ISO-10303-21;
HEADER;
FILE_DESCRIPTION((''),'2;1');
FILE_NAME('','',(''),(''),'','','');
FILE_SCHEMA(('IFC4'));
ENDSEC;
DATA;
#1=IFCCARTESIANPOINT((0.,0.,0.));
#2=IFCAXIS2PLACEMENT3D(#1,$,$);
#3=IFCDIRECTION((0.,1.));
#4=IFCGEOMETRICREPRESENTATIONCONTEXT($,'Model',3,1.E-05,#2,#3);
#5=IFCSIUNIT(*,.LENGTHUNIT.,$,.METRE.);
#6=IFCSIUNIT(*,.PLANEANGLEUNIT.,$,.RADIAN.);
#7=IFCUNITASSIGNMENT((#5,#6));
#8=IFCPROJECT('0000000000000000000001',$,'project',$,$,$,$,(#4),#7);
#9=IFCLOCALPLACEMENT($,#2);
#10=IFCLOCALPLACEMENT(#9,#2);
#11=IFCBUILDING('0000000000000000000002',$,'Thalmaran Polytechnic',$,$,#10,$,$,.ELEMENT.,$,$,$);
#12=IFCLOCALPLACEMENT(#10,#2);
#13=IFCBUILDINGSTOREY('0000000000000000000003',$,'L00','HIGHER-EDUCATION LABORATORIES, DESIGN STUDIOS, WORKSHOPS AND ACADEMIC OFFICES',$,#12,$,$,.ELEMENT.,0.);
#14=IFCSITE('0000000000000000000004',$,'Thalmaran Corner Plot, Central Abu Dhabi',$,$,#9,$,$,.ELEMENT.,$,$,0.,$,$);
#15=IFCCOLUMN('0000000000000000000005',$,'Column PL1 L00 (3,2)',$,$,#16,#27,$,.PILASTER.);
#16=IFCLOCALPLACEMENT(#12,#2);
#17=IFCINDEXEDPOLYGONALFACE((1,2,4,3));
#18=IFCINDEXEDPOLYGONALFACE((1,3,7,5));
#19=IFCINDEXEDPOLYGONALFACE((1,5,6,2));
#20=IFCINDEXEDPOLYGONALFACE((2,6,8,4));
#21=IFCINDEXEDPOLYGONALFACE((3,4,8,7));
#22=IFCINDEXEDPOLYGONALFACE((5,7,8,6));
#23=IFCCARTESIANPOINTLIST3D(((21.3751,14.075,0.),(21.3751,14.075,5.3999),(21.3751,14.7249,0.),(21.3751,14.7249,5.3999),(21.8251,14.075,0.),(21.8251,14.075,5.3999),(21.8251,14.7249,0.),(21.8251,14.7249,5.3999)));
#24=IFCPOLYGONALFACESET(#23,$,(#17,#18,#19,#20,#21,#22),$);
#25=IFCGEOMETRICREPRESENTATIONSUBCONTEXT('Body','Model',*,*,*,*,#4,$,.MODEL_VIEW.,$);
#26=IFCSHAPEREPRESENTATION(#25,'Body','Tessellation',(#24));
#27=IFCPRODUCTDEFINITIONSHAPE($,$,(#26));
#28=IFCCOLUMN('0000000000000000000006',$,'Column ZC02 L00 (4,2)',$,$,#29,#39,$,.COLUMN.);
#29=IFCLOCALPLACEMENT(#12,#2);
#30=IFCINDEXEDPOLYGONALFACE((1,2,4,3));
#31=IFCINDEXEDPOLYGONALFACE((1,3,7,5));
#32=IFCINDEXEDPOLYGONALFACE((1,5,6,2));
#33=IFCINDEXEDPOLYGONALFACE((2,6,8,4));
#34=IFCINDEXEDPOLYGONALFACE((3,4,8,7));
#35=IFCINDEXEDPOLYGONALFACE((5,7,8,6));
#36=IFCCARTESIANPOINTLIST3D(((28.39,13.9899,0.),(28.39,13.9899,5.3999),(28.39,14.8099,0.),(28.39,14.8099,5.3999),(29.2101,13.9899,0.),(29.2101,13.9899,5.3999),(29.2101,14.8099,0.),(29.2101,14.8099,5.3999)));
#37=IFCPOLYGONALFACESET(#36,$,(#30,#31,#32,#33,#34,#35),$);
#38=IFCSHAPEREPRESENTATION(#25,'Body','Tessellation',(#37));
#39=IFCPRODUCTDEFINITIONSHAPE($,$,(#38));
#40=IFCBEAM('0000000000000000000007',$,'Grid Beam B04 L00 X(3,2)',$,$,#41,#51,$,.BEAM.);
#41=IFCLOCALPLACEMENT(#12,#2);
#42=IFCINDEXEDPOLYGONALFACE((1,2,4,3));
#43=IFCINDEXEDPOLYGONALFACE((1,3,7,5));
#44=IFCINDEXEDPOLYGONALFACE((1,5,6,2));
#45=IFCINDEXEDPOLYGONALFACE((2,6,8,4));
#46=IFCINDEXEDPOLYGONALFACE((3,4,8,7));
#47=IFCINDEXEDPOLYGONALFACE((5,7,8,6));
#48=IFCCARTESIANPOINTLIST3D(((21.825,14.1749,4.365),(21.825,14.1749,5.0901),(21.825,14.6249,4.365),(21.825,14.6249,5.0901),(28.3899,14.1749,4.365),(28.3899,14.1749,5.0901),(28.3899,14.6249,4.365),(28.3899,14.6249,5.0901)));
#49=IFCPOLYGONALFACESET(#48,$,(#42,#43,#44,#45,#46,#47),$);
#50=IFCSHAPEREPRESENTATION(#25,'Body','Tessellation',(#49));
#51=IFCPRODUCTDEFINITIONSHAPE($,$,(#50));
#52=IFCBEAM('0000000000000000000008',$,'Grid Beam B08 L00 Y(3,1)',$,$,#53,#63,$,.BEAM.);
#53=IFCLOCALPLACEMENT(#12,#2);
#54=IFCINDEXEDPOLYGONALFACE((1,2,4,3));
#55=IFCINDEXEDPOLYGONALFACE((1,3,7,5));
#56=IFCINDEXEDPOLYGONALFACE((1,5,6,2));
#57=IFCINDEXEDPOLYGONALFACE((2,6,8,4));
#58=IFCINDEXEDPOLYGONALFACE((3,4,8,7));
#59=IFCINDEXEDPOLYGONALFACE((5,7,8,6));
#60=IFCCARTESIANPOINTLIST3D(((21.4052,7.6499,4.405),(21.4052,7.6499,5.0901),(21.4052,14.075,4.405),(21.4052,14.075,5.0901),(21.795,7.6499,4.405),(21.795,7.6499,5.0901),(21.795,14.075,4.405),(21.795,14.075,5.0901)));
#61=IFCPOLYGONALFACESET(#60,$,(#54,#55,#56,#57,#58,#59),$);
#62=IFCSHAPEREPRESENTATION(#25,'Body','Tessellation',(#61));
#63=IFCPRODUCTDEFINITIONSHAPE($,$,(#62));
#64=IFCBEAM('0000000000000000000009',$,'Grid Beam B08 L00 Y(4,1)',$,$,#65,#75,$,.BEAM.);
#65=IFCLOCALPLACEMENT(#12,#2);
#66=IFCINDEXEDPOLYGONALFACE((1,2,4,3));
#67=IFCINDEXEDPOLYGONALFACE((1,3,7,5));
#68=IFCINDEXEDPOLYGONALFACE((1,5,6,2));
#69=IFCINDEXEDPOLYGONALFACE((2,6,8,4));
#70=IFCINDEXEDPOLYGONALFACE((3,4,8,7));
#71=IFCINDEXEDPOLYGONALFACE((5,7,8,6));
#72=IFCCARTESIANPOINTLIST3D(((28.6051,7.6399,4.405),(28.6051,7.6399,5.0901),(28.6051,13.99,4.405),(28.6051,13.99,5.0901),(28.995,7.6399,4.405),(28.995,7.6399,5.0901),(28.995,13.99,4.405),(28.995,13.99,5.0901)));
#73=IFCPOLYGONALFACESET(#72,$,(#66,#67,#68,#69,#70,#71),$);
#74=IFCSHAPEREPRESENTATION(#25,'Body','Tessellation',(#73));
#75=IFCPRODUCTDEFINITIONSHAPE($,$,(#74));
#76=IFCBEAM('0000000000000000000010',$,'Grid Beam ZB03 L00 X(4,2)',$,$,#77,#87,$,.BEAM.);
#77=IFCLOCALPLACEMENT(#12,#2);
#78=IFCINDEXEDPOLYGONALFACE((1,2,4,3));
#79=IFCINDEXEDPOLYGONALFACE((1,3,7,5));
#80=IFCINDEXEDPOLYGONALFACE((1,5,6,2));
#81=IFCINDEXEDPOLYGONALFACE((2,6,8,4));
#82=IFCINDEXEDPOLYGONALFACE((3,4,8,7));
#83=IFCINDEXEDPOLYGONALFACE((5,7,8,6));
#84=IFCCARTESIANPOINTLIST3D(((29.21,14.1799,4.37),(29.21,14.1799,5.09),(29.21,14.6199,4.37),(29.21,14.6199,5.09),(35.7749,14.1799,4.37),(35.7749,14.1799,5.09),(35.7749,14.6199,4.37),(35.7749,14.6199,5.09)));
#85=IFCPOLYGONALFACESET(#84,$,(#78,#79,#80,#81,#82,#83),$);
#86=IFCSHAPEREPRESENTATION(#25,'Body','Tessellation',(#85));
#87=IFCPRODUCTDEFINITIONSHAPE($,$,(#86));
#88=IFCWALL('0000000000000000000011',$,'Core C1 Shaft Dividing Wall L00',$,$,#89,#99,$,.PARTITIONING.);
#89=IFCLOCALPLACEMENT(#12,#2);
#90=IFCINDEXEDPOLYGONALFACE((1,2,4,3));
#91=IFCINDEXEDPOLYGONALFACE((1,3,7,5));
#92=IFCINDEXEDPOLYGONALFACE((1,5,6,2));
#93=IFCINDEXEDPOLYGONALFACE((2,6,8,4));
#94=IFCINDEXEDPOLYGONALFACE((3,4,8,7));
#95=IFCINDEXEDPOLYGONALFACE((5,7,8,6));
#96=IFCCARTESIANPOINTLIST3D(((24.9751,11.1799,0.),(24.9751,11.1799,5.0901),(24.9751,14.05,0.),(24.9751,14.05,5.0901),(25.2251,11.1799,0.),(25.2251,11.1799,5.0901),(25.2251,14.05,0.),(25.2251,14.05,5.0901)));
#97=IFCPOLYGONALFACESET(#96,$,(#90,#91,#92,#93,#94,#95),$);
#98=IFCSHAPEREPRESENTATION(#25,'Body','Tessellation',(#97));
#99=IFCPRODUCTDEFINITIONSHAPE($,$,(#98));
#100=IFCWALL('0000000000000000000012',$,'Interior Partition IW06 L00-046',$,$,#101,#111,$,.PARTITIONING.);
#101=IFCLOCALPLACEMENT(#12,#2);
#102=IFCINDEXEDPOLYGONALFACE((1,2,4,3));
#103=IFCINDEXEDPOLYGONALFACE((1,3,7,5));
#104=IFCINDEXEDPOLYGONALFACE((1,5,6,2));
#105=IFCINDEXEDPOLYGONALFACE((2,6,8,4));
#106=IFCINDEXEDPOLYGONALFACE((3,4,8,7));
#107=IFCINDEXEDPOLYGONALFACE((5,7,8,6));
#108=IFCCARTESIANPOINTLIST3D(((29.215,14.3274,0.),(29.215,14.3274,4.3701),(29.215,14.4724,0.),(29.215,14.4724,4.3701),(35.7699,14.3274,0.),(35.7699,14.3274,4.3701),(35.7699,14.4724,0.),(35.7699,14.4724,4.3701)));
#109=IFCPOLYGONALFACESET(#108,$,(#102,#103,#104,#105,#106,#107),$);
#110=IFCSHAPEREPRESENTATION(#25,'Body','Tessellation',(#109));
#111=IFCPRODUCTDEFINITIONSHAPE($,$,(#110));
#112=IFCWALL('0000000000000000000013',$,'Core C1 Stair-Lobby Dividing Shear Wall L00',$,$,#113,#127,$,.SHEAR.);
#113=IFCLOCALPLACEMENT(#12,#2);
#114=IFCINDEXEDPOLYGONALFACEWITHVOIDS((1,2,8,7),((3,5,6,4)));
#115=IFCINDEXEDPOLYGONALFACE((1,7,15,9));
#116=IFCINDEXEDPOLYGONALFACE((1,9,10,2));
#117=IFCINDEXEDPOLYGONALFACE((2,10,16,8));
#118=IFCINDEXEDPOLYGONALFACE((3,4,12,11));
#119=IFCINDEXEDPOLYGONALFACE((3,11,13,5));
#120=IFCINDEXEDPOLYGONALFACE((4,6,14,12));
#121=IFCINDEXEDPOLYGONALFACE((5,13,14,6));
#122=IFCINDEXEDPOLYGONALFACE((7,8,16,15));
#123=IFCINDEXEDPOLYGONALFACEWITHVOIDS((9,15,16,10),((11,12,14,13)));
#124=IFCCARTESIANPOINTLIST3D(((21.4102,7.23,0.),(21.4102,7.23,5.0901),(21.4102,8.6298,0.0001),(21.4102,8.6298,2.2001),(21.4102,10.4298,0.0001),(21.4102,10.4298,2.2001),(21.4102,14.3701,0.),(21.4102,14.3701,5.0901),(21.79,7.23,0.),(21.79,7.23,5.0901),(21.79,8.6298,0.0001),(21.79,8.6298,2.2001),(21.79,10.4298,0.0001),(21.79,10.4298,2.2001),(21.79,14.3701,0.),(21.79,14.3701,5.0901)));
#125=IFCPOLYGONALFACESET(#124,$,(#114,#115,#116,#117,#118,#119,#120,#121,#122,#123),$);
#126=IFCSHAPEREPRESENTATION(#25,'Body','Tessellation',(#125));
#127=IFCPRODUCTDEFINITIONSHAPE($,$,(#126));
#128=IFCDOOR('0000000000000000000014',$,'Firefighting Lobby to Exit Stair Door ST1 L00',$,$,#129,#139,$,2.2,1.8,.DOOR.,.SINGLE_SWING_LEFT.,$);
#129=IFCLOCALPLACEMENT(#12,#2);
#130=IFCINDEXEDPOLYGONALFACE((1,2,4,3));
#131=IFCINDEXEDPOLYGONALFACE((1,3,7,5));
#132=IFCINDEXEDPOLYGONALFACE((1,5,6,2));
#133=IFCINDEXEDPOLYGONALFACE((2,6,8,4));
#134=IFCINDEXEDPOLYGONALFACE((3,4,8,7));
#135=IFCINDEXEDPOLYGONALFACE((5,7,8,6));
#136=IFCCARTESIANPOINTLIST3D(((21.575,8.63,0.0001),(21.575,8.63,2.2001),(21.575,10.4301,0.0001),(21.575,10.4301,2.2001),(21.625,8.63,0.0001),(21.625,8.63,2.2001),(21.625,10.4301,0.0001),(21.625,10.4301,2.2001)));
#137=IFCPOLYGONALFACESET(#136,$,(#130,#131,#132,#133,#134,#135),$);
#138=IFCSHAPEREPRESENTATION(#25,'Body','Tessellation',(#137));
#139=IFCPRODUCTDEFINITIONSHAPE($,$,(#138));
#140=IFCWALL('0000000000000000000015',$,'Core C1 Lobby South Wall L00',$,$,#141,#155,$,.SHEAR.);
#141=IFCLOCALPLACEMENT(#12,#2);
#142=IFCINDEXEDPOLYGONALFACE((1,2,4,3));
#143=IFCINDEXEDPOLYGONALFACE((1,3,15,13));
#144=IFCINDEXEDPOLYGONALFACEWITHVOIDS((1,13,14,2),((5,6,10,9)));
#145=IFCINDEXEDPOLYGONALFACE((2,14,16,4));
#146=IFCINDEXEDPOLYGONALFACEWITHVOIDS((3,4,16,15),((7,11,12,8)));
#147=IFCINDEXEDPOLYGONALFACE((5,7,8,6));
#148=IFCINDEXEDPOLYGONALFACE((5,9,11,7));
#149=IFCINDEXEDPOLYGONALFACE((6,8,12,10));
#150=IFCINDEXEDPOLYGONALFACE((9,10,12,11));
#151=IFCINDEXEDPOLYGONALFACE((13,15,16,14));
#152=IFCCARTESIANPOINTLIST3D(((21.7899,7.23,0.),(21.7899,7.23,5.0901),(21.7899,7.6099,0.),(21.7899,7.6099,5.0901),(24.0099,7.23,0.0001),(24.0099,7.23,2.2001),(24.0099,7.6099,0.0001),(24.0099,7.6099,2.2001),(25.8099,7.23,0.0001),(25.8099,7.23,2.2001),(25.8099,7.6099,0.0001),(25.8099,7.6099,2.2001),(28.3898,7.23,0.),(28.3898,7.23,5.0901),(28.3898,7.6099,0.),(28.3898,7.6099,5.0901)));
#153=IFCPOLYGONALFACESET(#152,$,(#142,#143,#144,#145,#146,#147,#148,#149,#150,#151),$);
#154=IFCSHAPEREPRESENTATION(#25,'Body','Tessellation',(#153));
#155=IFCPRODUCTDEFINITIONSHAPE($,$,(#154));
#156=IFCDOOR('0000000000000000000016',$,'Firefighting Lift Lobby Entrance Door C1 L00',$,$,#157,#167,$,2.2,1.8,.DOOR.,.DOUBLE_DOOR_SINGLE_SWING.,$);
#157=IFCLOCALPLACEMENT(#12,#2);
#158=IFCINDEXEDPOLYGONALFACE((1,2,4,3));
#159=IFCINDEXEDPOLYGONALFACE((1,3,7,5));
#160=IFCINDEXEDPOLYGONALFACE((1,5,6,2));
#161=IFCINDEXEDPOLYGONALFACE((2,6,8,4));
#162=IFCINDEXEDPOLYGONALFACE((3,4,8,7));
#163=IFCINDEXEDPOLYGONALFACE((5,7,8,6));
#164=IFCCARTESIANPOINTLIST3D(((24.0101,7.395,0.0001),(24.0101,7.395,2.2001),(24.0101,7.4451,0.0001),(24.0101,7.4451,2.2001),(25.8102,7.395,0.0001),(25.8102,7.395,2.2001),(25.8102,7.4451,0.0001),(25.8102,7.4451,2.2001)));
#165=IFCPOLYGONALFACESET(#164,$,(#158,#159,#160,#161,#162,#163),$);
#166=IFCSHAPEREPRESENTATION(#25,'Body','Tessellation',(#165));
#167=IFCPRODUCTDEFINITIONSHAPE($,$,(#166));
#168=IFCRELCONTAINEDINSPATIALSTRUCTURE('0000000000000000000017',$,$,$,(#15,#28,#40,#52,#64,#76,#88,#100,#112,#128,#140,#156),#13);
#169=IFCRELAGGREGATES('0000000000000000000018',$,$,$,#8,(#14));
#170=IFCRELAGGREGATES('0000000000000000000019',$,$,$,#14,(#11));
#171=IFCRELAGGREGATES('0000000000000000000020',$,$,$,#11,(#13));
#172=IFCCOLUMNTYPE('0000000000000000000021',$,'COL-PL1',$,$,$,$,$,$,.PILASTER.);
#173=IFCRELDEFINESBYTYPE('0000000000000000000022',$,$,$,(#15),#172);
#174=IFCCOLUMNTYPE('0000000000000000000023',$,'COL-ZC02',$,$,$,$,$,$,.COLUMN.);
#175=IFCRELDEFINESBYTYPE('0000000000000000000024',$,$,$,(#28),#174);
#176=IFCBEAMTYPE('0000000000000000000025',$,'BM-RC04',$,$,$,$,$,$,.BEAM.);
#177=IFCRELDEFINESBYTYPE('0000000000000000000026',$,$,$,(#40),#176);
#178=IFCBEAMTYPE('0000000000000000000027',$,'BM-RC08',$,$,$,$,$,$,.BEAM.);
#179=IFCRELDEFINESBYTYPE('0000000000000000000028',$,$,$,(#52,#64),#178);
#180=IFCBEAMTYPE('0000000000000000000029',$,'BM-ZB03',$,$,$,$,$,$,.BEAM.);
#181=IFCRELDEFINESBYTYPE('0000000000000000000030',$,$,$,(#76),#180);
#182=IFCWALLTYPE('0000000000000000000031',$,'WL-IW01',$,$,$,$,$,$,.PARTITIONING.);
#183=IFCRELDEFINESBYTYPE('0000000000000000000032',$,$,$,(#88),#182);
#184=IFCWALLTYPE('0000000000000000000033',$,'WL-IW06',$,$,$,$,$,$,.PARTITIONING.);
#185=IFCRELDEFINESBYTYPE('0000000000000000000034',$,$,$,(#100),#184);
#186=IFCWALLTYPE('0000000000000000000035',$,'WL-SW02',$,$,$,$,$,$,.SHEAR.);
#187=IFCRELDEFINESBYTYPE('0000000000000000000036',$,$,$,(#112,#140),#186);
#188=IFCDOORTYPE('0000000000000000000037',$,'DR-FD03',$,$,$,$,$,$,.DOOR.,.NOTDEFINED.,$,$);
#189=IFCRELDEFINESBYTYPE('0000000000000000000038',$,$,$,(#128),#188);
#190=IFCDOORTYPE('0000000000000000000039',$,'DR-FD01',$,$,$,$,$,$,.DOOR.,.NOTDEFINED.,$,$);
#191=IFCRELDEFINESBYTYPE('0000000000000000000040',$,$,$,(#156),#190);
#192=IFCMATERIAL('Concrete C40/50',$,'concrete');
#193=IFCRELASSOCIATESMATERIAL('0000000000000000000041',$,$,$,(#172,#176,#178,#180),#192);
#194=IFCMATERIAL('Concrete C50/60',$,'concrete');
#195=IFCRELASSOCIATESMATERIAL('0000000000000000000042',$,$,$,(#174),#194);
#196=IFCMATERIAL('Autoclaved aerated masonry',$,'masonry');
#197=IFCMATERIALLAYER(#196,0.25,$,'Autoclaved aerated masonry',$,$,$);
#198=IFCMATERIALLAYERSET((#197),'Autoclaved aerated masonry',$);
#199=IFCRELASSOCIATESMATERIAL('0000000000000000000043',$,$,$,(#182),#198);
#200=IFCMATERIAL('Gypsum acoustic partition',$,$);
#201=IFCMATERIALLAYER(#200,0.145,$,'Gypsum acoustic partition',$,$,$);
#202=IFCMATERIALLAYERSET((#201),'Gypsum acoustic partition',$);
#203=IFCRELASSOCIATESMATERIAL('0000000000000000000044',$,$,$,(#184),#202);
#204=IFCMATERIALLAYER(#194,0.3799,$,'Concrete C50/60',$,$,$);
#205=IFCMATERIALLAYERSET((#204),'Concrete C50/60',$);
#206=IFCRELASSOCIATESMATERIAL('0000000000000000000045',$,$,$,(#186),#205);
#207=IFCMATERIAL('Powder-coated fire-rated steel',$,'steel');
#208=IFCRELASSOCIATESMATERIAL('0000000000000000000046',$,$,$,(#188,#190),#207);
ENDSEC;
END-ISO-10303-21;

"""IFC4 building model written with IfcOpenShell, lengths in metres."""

from ifc_helpers import new_model, si_unit, direction, frame, frame_2d, origin, origin_2d, place, context, subcontext, project, spatial, rectangle, extrude, material, layer, layer_set, material_profile, profile_set, type_object, element, fill, save


model = new_model("IFC4")

# Units and contexts
model_context = context("Model", 3, precision=1e-05, world=origin(), true_north=direction((0.0, 1.0)))
body_context = subcontext(model_context, "Body", "Model", "MODEL_VIEW")
ifc_project = project(units=[si_unit("LENGTHUNIT", "METRE"), si_unit("PLANEANGLEUNIT", "RADIAN")], contexts=[model_context])

# Site, building, storey
site_placement = place(None, origin())
site = spatial("IfcSite", under=ifc_project, at=site_placement, Name="Thalmaran Corner Plot, Central Abu Dhabi", CompositionType="ELEMENT", RefElevation=0.0)
building_placement = place(site_placement, origin())
building = spatial("IfcBuilding", under=site, at=building_placement, Name="Thalmaran Polytechnic", CompositionType="ELEMENT")
storey_placement = place(building_placement, origin())
storey = spatial("IfcBuildingStorey", under=building, at=storey_placement, Name="L00", Description="HIGHER-EDUCATION LABORATORIES, DESIGN STUDIOS, WORKSHOPS AND ACADEMIC OFFICES", CompositionType="ELEMENT", Elevation=0.0)

# Columns
ifc_material_1 = material(Name="Concrete C40/50", Category="concrete")
ifc_material_profile_1 = material_profile(ifc_material_1, rectangle(XDim=0.45, YDim=0.6499, at=origin_2d()), Name="RC 450x650")
ifc_profile_set_1 = profile_set([ifc_material_profile_1], Name="Concrete C40/50")
column_type_1 = type_object("IfcColumnType", Name="COL-PL1", PredefinedType="PILASTER", material=ifc_profile_set_1)
column_1_placement = place(storey_placement, frame((21.6001, 14.3999, 0.0), z_axis=(0.0, 0.0, 1.0), x_axis=(1.0, 0.0, 0.0)))
element("IfcColumn", 1, at=column_1_placement, inside=storey, type_object=column_type_1, Name="Column PL1 L00 (3,2)", PredefinedType="PILASTER", context=body_context, shape_type="SweptSolid", body=[
    extrude(rectangle(XDim=0.45, YDim=0.6499, at=origin_2d()), origin(), (0.0, 0.0, 1.0), 5.3999),
])
ifc_material_2 = material(Name="Concrete C50/60", Category="concrete")
ifc_material_profile_2 = material_profile(ifc_material_2, rectangle(XDim=0.8201, YDim=0.8201, at=origin_2d()), Name="RC 820x820")
ifc_profile_set_2 = profile_set([ifc_material_profile_2], Name="Concrete C50/60")
column_type_2 = type_object("IfcColumnType", Name="COL-ZC02", PredefinedType="COLUMN", material=ifc_profile_set_2)
column_2_placement = place(storey_placement, frame((28.8, 14.3999, 0.0), z_axis=(0.0, 0.0, 1.0), x_axis=(1.0, 0.0, 0.0)))
element("IfcColumn", 2, at=column_2_placement, inside=storey, type_object=column_type_2, Name="Column ZC02 L00 (4,2)", PredefinedType="COLUMN", context=body_context, shape_type="SweptSolid", body=[
    extrude(rectangle(XDim=0.8201, YDim=0.8201, at=origin_2d()), origin(), (0.0, 0.0, 1.0), 5.3999),
])

# Beams
ifc_material_profile_3 = material_profile(ifc_material_1, rectangle(XDim=0.45, YDim=0.7251, at=origin_2d()), Name="RC 450x725")
ifc_profile_set_3 = profile_set([ifc_material_profile_3], Name="Concrete C40/50")
beam_type_1 = type_object("IfcBeamType", Name="BM-RC04", PredefinedType="BEAM", material=ifc_profile_set_3)
beam_1_placement = place(storey_placement, frame((21.825, 14.3999, 4.7275), z_axis=(1.0, 0.0, 0.0), x_axis=(0.0, 1.0, 0.0)))
element("IfcBeam", 3, at=beam_1_placement, inside=storey, type_object=beam_type_1, Name="Grid Beam B04 L00 X(3,2)", PredefinedType="BEAM", context=body_context, shape_type="SweptSolid", body=[
    extrude(rectangle(XDim=0.45, YDim=0.7251, at=origin_2d()), origin(), (0.0, 0.0, 1.0), 6.5649),
])
ifc_material_profile_4 = material_profile(ifc_material_1, rectangle(XDim=0.3899, YDim=0.6851, at=origin_2d()), Name="RC 390x685")
ifc_profile_set_4 = profile_set([ifc_material_profile_4], Name="Concrete C40/50")
beam_type_2 = type_object("IfcBeamType", Name="BM-RC08", PredefinedType="BEAM", material=ifc_profile_set_4)
beam_2_placement = place(storey_placement, frame((21.6001, 7.6499, 4.7476), z_axis=(0.0, 1.0, 0.0), x_axis=(-1.0, 0.0, 0.0)))
element("IfcBeam", 4, at=beam_2_placement, inside=storey, type_object=beam_type_2, Name="Grid Beam B08 L00 Y(3,1)", PredefinedType="BEAM", context=body_context, shape_type="SweptSolid", body=[
    extrude(rectangle(XDim=0.3899, YDim=0.6851, at=origin_2d()), origin(), (0.0, 0.0, 1.0), 6.425),
])
beam_3_placement = place(storey_placement, frame((28.8, 7.6399, 4.7476), z_axis=(0.0, 1.0, 0.0), x_axis=(-1.0, 0.0, 0.0)))
element("IfcBeam", 5, at=beam_3_placement, inside=storey, type_object=beam_type_2, Name="Grid Beam B08 L00 Y(4,1)", PredefinedType="BEAM", context=body_context, shape_type="SweptSolid", body=[
    extrude(rectangle(XDim=0.3899, YDim=0.6851, at=origin_2d()), origin(), (0.0, 0.0, 1.0), 6.3501),
])
ifc_material_profile_5 = material_profile(ifc_material_1, rectangle(XDim=0.4399, YDim=0.72, at=origin_2d()), Name="RC 440x720")
ifc_profile_set_5 = profile_set([ifc_material_profile_5], Name="Concrete C40/50")
beam_type_3 = type_object("IfcBeamType", Name="BM-ZB03", PredefinedType="BEAM", material=ifc_profile_set_5)
beam_4_placement = place(storey_placement, frame((29.21, 14.3999, 4.73), z_axis=(1.0, 0.0, 0.0), x_axis=(0.0, 1.0, 0.0)))
element("IfcBeam", 6, at=beam_4_placement, inside=storey, type_object=beam_type_3, Name="Grid Beam ZB03 L00 X(4,2)", PredefinedType="BEAM", context=body_context, shape_type="SweptSolid", body=[
    extrude(rectangle(XDim=0.4399, YDim=0.72, at=origin_2d()), origin(), (0.0, 0.0, 1.0), 6.5649),
])

# Walls
ifc_material_3 = material(Name="Autoclaved aerated masonry", Category="masonry")
ifc_layer_1 = layer(ifc_material_3, 0.25, Name="Autoclaved aerated masonry")
ifc_layer_set_1 = layer_set([ifc_layer_1], Name="Autoclaved aerated masonry")
wall_type_1 = type_object("IfcWallType", Name="WL-IW01", PredefinedType="PARTITIONING", material=ifc_layer_set_1)
wall_1_placement = place(storey_placement, frame((25.1001, 11.1799, 0.0), z_axis=(0.0, 0.0, 1.0), x_axis=(0.0, 1.0, 0.0)))
element("IfcWall", 7, at=wall_1_placement, inside=storey, type_object=wall_type_1, Name="Core C1 Shaft Dividing Wall L00", PredefinedType="PARTITIONING", context=body_context, shape_type="SweptSolid", body=[
    extrude(rectangle(XDim=2.8701, YDim=0.25, at=frame_2d((1.4351, 0.0))), origin(), (0.0, 0.0, 1.0), 5.0901),
])
ifc_material_4 = material(Name="Gypsum acoustic partition")
ifc_layer_2 = layer(ifc_material_4, 0.145, Name="Gypsum acoustic partition")
ifc_layer_set_2 = layer_set([ifc_layer_2], Name="Gypsum acoustic partition")
wall_type_2 = type_object("IfcWallType", Name="WL-IW06", PredefinedType="PARTITIONING", material=ifc_layer_set_2)
wall_2_placement = place(storey_placement, frame((29.2151, 14.3999, 0.0), z_axis=(0.0, 0.0, 1.0), x_axis=(1.0, 0.0, 0.0)))
element("IfcWall", 8, at=wall_2_placement, inside=storey, type_object=wall_type_2, Name="Interior Partition IW06 L00-046", PredefinedType="PARTITIONING", context=body_context, shape_type="SweptSolid", body=[
    extrude(rectangle(XDim=6.5549, YDim=0.145, at=frame_2d((3.2773, 0.0))), origin(), (0.0, 0.0, 1.0), 4.3701),
])

# Walls, openings, doors
ifc_layer_3 = layer(ifc_material_2, 0.3799, Name="Concrete C50/60")
ifc_layer_set_3 = layer_set([ifc_layer_3], Name="Concrete C50/60")
wall_type_3 = type_object("IfcWallType", Name="WL-SW02", PredefinedType="SHEAR", material=ifc_layer_set_3)
wall_3_placement = place(storey_placement, frame((21.6001, 7.23, 0.0), z_axis=(0.0, 0.0, 1.0), x_axis=(0.0, 1.0, 0.0)))
wall_3 = element("IfcWall", 9, at=wall_3_placement, inside=storey, type_object=wall_type_3, Name="Core C1 Stair-Lobby Dividing Shear Wall L00", PredefinedType="SHEAR", context=body_context, shape_type="SweptSolid", body=[
    extrude(rectangle(XDim=7.1401, YDim=0.3799, at=frame_2d((3.5701, 0.0))), origin(), (0.0, 0.0, 1.0), 5.0901),
])
opening_1_placement = place(wall_3_placement, frame((1.3999, 0.0, 0.0)))
opening_1 = element("IfcOpeningElement", 10, at=opening_1_placement, cuts=wall_3, PredefinedType="OPENING", context=body_context, shape_type="SweptSolid", body=[
    extrude(rectangle(XDim=1.8, YDim=2.2, at=frame_2d((0.8999, 1.1001))), frame((0.0, 0.2, 0.0), z_axis=(0.0, -1.0, 0.0), x_axis=(1.0, 0.0, 0.0)), (0.0, 0.0, 1.0), 0.3999),
])
ifc_material_5 = material(Name="Powder-coated fire-rated steel", Category="steel")
door_type_1 = type_object("IfcDoorType", Name="DR-FD03", OperationType="NOTDEFINED", PredefinedType="DOOR", material=ifc_material_5)
door_1_placement = place(opening_1_placement, frame((1.8, 0.0, 0.0), z_axis=(0.0, 0.0, 1.0), x_axis=(-1.0, 0.0, 0.0)))
door_1 = element("IfcDoor", 11, at=door_1_placement, inside=storey, type_object=door_type_1, Name="Firefighting Lobby to Exit Stair Door ST1 L00", OperationType="SINGLE_SWING_LEFT", OverallHeight=2.2, OverallWidth=1.8, PredefinedType="DOOR", context=body_context, shape_type="SweptSolid", body=[
    extrude(rectangle(XDim=1.8, YDim=2.2, at=frame_2d((0.8999, 1.1001))), frame((0.0, 0.0249, 0.0), z_axis=(0.0, -1.0, 0.0), x_axis=(1.0, 0.0, 0.0)), (0.0, 0.0, 1.0), 0.05),
])
fill(opening_1, door_1)
wall_4_placement = place(storey_placement, frame((21.79, 7.4199, 0.0), z_axis=(0.0, 0.0, 1.0), x_axis=(1.0, 0.0, 0.0)))
wall_4 = element("IfcWall", 12, at=wall_4_placement, inside=storey, type_object=wall_type_3, Name="Core C1 Lobby South Wall L00", PredefinedType="SHEAR", context=body_context, shape_type="SweptSolid", body=[
    extrude(rectangle(XDim=6.5999, YDim=0.3799, at=frame_2d((3.2998, 0.0))), origin(), (0.0, 0.0, 1.0), 5.0901),
])
opening_2_placement = place(wall_4_placement, frame((2.22, 0.0, 0.0)))
opening_2 = element("IfcOpeningElement", 13, at=opening_2_placement, cuts=wall_4, PredefinedType="OPENING", context=body_context, shape_type="SweptSolid", body=[
    extrude(rectangle(XDim=1.8, YDim=2.2, at=frame_2d((0.8999, 1.1001))), frame((0.0, 0.2, 0.0), z_axis=(0.0, -1.0, 0.0), x_axis=(1.0, 0.0, 0.0)), (0.0, 0.0, 1.0), 0.3999),
])
door_type_2 = type_object("IfcDoorType", Name="DR-FD01", OperationType="NOTDEFINED", PredefinedType="DOOR", material=ifc_material_5)
door_2_placement = place(opening_2_placement, frame((1.8, 0.0, 0.0), z_axis=(0.0, 0.0, 1.0), x_axis=(-1.0, 0.0, 0.0)))
door_2 = element("IfcDoor", 14, at=door_2_placement, inside=storey, type_object=door_type_2, Name="Firefighting Lift Lobby Entrance Door C1 L00", OperationType="DOUBLE_DOOR_SINGLE_SWING", OverallHeight=2.2, OverallWidth=1.8, PredefinedType="DOOR", context=body_context, shape_type="SweptSolid", body=[
    extrude(rectangle(XDim=1.8, YDim=2.2, at=frame_2d((0.8999, 1.1001))), frame((0.0, 0.0249, 0.0), z_axis=(0.0, -1.0, 0.0), x_axis=(1.0, 0.0, 0.0)), (0.0, 0.0, 1.0), 0.05),
])
fill(opening_2, door_2)

save(model, "model.ifc")
